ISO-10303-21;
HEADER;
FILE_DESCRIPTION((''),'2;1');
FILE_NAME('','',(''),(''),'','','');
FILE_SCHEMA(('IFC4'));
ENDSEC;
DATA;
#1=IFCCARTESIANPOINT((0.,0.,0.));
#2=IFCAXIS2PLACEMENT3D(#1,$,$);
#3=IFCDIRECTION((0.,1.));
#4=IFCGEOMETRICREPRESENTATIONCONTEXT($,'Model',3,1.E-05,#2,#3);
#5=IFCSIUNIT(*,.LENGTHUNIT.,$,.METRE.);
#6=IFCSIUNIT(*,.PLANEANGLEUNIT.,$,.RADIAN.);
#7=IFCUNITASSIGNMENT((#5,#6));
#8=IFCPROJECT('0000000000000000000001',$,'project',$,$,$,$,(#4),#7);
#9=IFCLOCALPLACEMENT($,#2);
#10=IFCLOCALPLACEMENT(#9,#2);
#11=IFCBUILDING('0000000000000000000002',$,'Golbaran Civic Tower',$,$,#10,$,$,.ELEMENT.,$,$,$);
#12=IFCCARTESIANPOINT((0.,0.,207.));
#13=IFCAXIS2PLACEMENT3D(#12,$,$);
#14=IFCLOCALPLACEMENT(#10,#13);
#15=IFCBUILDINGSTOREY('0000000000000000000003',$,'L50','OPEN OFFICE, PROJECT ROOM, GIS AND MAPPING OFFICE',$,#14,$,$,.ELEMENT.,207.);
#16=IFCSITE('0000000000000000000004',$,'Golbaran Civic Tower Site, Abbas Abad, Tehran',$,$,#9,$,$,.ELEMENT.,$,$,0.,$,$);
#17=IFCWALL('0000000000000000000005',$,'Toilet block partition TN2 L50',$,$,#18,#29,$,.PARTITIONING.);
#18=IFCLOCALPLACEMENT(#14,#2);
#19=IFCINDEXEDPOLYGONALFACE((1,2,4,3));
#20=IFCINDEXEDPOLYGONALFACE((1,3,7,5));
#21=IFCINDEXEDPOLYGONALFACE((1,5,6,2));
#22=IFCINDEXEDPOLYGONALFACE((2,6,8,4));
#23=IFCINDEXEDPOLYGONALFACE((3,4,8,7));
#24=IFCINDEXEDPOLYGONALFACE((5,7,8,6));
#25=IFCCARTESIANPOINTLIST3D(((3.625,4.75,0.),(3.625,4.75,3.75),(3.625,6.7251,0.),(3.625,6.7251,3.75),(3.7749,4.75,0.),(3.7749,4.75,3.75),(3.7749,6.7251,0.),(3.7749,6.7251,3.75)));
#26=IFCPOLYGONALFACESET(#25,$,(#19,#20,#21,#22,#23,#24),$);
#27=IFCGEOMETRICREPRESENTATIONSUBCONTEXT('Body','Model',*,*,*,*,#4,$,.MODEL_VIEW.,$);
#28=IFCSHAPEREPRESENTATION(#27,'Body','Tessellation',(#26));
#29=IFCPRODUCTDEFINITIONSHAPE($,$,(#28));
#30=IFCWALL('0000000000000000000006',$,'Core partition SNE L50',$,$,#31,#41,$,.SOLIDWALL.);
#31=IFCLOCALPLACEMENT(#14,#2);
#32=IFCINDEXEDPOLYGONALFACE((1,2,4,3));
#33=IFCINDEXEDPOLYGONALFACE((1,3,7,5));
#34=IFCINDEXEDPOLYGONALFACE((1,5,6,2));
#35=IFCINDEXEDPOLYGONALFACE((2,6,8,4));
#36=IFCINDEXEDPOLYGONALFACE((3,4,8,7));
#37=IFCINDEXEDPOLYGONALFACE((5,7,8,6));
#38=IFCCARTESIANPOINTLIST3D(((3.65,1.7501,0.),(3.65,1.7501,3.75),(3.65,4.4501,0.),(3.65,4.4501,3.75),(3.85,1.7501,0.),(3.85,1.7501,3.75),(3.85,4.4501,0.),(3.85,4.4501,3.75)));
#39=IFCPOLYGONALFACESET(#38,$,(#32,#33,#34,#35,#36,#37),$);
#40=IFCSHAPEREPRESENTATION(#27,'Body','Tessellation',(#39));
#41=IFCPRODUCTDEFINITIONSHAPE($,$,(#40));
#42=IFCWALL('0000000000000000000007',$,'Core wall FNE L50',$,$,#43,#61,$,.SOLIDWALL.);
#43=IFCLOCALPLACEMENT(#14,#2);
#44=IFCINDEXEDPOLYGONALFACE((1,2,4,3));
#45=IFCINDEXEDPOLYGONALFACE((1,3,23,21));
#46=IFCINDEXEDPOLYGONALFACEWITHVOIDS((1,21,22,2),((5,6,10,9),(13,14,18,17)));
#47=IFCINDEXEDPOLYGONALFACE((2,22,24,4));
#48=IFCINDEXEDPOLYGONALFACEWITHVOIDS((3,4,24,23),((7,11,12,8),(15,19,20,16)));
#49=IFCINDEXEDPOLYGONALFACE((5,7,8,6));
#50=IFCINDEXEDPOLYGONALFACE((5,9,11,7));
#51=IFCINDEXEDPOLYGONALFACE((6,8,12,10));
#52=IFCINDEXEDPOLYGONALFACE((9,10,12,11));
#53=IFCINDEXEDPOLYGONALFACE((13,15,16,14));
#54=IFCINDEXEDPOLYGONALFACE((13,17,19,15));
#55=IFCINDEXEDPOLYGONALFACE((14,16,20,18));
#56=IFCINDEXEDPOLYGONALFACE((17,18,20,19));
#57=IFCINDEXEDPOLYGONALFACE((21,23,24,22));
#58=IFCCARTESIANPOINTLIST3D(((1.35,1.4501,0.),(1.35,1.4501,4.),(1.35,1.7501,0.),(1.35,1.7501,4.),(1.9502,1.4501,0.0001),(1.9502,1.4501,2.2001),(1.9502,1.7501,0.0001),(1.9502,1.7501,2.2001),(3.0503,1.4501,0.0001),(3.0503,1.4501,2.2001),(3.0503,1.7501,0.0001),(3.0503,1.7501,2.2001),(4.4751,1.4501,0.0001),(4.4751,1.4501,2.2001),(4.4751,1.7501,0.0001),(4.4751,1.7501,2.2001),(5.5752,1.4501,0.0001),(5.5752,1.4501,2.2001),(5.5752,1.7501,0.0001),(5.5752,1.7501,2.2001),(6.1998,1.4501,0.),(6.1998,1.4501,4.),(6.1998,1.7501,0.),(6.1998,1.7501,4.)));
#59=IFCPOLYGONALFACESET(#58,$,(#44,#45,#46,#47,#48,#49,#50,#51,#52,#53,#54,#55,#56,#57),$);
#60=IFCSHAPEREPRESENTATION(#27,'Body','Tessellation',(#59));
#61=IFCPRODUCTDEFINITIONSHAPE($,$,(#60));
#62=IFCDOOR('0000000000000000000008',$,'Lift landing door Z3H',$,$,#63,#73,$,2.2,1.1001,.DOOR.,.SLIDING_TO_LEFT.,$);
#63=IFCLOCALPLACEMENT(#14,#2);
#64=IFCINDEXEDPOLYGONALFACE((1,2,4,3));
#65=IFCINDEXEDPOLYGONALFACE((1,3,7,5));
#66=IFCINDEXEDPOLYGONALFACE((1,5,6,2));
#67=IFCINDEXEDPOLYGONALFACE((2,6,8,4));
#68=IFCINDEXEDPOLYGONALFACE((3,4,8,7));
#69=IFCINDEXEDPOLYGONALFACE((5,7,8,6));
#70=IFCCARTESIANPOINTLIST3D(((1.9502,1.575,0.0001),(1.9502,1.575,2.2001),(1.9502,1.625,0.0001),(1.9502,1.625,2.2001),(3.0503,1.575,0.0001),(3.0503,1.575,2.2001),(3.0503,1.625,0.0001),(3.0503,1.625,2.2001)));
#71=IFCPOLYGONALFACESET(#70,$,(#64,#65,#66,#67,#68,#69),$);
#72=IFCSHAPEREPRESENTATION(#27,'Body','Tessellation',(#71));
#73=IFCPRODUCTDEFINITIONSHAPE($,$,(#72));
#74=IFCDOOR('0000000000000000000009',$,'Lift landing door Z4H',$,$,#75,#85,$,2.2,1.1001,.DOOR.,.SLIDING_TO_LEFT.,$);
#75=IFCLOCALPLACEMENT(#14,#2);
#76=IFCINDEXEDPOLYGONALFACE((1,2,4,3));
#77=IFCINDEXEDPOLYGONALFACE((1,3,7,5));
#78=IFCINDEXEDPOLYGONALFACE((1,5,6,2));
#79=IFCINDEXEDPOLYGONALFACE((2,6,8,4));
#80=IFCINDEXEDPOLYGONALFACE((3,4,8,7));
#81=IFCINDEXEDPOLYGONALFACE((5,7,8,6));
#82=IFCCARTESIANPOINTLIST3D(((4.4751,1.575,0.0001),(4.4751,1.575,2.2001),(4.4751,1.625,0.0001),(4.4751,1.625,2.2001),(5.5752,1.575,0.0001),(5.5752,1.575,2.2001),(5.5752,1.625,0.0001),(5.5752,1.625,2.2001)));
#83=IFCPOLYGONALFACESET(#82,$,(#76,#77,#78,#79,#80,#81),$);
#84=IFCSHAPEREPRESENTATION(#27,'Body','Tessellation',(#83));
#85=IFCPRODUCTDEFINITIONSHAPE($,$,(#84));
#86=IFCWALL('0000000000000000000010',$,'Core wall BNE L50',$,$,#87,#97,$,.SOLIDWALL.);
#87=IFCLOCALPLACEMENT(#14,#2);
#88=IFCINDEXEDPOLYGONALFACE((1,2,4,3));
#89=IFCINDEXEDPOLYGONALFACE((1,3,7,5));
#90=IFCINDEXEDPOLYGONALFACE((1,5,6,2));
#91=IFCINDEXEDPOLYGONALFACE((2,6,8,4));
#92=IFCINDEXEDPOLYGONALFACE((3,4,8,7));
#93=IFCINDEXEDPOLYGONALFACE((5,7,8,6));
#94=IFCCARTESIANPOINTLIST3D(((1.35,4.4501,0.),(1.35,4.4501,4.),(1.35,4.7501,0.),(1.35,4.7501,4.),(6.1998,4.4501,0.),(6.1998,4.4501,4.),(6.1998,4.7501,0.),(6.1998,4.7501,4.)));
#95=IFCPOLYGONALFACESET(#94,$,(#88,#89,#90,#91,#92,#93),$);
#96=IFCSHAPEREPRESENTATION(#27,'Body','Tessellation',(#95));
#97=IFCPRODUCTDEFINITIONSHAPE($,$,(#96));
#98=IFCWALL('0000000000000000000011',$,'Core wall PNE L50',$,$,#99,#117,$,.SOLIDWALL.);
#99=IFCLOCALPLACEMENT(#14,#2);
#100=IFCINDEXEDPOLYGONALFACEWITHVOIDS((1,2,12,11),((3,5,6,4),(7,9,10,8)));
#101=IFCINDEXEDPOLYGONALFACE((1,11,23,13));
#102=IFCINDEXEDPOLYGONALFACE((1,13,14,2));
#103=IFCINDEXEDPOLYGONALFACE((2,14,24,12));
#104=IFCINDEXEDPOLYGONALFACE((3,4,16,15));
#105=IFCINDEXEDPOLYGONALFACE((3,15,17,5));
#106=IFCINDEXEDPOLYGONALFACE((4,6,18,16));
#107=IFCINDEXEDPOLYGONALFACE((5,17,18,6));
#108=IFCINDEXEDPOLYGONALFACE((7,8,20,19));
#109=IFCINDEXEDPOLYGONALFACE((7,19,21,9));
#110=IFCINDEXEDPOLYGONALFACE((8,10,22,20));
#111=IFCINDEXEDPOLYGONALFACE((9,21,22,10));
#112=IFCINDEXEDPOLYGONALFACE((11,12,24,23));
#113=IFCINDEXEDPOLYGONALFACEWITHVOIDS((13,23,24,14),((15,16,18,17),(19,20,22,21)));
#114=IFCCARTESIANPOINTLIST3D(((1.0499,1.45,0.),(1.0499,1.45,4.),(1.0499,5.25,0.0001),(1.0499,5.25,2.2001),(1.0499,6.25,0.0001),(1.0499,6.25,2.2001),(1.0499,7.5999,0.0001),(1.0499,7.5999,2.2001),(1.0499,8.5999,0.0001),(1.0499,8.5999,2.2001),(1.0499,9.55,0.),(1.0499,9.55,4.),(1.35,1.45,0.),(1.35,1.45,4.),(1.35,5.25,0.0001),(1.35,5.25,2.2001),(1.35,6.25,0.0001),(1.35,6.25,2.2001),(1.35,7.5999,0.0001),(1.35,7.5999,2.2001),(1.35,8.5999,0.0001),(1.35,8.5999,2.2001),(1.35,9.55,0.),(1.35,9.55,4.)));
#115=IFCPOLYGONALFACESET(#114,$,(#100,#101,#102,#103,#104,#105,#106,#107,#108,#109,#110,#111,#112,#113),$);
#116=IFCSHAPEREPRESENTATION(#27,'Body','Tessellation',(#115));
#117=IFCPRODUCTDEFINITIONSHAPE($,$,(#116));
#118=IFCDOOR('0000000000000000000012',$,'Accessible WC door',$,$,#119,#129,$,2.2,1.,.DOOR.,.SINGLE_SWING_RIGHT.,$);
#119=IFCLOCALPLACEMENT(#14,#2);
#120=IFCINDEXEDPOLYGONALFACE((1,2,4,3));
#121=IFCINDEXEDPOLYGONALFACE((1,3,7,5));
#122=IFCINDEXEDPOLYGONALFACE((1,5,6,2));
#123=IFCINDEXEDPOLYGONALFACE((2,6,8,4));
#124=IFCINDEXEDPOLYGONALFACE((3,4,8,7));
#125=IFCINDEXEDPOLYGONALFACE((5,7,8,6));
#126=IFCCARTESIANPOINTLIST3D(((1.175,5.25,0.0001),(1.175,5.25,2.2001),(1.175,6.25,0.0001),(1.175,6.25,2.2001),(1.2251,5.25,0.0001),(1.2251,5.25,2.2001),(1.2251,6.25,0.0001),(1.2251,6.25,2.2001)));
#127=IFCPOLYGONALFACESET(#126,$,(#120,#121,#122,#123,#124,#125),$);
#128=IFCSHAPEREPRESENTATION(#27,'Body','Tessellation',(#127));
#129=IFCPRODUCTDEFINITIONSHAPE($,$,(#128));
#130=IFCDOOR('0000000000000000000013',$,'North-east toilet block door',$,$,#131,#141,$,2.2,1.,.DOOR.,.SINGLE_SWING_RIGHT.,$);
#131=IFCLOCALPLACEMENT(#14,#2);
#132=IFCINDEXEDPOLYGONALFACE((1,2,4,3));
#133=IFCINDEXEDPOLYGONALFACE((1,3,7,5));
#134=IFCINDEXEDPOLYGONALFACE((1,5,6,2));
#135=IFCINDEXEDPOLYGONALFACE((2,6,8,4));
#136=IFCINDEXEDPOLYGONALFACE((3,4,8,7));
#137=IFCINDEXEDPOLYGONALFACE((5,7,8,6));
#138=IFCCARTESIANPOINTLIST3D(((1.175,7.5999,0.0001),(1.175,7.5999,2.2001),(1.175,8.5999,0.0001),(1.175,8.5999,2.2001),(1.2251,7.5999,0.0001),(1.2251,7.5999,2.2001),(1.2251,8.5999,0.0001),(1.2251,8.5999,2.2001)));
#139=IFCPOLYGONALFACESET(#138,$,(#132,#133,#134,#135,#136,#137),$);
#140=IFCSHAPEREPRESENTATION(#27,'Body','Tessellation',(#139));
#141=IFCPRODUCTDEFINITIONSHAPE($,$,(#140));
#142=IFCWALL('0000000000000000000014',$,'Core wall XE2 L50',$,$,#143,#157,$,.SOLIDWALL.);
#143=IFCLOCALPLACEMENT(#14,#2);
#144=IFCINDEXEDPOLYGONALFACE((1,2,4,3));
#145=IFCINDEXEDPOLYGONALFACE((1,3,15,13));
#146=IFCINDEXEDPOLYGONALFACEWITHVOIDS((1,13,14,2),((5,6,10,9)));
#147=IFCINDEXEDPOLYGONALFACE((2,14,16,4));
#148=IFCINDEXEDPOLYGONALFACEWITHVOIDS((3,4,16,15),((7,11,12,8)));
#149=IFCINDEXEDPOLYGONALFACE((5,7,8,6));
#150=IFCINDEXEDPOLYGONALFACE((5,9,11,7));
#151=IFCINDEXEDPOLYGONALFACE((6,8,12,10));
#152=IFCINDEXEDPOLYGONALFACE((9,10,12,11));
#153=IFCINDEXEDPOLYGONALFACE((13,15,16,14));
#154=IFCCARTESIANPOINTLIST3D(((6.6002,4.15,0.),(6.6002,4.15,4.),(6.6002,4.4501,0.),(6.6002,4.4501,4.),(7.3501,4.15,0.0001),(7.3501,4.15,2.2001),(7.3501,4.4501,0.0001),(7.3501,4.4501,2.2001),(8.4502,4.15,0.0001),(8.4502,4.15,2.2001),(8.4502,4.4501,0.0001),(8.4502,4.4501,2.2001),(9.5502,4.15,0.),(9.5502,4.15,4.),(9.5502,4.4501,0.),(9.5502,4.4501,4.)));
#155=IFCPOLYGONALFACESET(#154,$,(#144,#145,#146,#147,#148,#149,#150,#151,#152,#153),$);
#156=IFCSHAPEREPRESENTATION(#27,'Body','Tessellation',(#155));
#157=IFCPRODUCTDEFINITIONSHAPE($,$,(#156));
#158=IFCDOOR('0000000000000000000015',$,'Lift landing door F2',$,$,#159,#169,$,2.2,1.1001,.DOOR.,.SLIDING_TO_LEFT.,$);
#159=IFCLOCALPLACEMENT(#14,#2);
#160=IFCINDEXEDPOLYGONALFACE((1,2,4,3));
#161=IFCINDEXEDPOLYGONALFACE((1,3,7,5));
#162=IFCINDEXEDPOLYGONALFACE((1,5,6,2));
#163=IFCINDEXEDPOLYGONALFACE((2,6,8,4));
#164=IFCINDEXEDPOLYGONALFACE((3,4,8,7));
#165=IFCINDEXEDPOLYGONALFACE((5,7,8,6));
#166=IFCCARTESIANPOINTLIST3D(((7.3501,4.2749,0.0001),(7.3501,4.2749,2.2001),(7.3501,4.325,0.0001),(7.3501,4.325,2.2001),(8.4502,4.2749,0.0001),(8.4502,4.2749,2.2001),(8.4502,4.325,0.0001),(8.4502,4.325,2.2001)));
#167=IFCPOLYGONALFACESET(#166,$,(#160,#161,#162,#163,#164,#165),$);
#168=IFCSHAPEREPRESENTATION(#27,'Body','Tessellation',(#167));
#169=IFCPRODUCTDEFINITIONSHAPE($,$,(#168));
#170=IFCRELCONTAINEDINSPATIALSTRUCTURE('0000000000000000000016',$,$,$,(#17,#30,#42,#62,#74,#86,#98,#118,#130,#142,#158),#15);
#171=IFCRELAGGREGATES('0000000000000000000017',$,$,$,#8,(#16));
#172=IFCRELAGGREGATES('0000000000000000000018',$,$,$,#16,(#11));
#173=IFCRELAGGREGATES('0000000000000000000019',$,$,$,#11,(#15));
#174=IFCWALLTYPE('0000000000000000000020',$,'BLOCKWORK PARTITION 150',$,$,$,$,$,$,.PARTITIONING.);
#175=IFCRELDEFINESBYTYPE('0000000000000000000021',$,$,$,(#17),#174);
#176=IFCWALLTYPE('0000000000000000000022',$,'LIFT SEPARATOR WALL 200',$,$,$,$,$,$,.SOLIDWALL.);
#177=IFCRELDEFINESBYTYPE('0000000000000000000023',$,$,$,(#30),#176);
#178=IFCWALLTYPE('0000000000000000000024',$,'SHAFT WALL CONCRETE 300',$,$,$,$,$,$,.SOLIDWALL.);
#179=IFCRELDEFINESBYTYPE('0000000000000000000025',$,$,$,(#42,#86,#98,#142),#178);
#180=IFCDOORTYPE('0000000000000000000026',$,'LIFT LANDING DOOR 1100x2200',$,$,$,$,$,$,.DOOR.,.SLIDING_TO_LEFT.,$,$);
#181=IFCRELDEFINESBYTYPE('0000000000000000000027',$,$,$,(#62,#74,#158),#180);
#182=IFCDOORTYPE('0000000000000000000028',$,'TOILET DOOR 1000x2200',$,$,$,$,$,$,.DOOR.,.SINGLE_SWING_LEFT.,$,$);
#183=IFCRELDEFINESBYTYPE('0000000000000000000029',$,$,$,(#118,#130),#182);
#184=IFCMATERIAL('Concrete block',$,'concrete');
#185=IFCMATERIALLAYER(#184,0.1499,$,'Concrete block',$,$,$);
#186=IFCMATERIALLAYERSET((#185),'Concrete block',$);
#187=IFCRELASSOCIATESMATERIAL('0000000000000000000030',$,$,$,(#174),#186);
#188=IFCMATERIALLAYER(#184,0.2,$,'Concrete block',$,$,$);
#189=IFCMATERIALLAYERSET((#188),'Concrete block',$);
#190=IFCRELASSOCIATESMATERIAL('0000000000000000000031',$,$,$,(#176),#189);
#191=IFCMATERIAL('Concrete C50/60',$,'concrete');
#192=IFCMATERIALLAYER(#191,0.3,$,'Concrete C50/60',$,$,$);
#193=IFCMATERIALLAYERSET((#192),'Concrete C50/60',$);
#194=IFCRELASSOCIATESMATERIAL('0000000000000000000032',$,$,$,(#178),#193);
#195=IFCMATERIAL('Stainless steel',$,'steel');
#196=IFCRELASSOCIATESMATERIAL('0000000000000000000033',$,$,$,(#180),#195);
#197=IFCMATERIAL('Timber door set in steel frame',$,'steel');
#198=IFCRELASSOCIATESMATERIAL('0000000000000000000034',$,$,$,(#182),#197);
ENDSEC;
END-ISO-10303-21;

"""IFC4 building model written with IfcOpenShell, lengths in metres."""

from ifc_helpers import new_model, si_unit, direction, frame, frame_2d, origin, place, context, subcontext, project, spatial, rectangle, extrude, material, layer, layer_set, type_object, element, fill, save


model = new_model("IFC4")

# Units and contexts
model_context = context("Model", 3, precision=1e-05, world=origin(), true_north=direction((0.0, 1.0)))
body_context = subcontext(model_context, "Body", "Model", "MODEL_VIEW")
ifc_project = project(units=[si_unit("LENGTHUNIT", "METRE"), si_unit("PLANEANGLEUNIT", "RADIAN")], contexts=[model_context])

# Site, building, storey
site_placement = place(None, origin())
site = spatial("IfcSite", under=ifc_project, at=site_placement, Name="Golbaran Civic Tower Site, Abbas Abad, Tehran", CompositionType="ELEMENT", RefElevation=0.0)
building_placement = place(site_placement, origin())
building = spatial("IfcBuilding", under=site, at=building_placement, Name="Golbaran Civic Tower", CompositionType="ELEMENT")
storey_placement = place(building_placement, frame((0.0, 0.0, 207.0)))
storey = spatial("IfcBuildingStorey", under=building, at=storey_placement, Name="L50", Description="OPEN OFFICE, PROJECT ROOM, GIS AND MAPPING OFFICE", CompositionType="ELEMENT", Elevation=207.0)

# Shared definitions
ifc_material_1 = material(Name="Concrete block", Category="concrete")
ifc_layer_1 = layer(ifc_material_1, 0.1499, Name="Concrete block")
ifc_layer_set_1 = layer_set([ifc_layer_1], Name="Concrete block")
wall_type_1 = type_object("IfcWallType", Name="BLOCKWORK PARTITION 150", PredefinedType="PARTITIONING", material=ifc_layer_set_1)
ifc_material_2 = material(Name="Timber door set in steel frame", Category="steel")

# Walls
wall_1_placement = place(storey_placement, frame((3.7, 4.75, 0.0), z_axis=(0.0, 0.0, 1.0), x_axis=(0.0, 1.0, 0.0)))
element("IfcWall", 1, at=wall_1_placement, inside=storey, type_object=wall_type_1, Name="Toilet block partition TN2 L50", PredefinedType="PARTITIONING", context=body_context, shape_type="SweptSolid", body=[
    extrude(rectangle(XDim=1.9751, YDim=0.1499, at=frame_2d((0.9875, 0.0))), origin(), (0.0, 0.0, 1.0), 3.75),
])
ifc_layer_2 = layer(ifc_material_1, 0.2, Name="Concrete block")
ifc_layer_set_2 = layer_set([ifc_layer_2], Name="Concrete block")
wall_type_2 = type_object("IfcWallType", Name="LIFT SEPARATOR WALL 200", PredefinedType="SOLIDWALL", material=ifc_layer_set_2)
wall_2_placement = place(storey_placement, frame((3.75, 1.75, 0.0), z_axis=(0.0, 0.0, 1.0), x_axis=(0.0, 1.0, 0.0)))
element("IfcWall", 2, at=wall_2_placement, inside=storey, type_object=wall_type_2, Name="Core partition SNE L50", PredefinedType="SOLIDWALL", context=body_context, shape_type="SweptSolid", body=[
    extrude(rectangle(XDim=2.7, YDim=0.2, at=frame_2d((1.3501, 0.0))), origin(), (0.0, 0.0, 1.0), 3.75),
])

# Wall, openings, doors
ifc_material_3 = material(Name="Concrete C50/60", Category="concrete")
ifc_layer_3 = layer(ifc_material_3, 0.3, Name="Concrete C50/60")
ifc_layer_set_3 = layer_set([ifc_layer_3], Name="Concrete C50/60")
wall_type_3 = type_object("IfcWallType", Name="SHAFT WALL CONCRETE 300", PredefinedType="SOLIDWALL", material=ifc_layer_set_3)
wall_3_placement = place(storey_placement, frame((1.3501, 1.6001, 0.0), z_axis=(0.0, 0.0, 1.0), x_axis=(1.0, 0.0, 0.0)))
wall_3 = element("IfcWall", 3, at=wall_3_placement, inside=storey, type_object=wall_type_3, Name="Core wall FNE L50", PredefinedType="SOLIDWALL", context=body_context, shape_type="SweptSolid", body=[
    extrude(rectangle(XDim=4.8499, YDim=0.3, at=frame_2d((2.4248, 0.0))), origin(), (0.0, 0.0, 1.0), 4.0),
])
opening_1_placement = place(wall_3_placement, frame((0.6001, 0.0, 0.0)))
opening_1 = element("IfcOpeningElement", 4, at=opening_1_placement, cuts=wall_3, PredefinedType="OPENING", context=body_context, shape_type="SweptSolid", body=[
    extrude(rectangle(XDim=1.1001, YDim=2.2, at=frame_2d((0.55, 1.1001))), frame((0.0, 0.1599, 0.0), z_axis=(0.0, -1.0, 0.0), x_axis=(1.0, 0.0, 0.0)), (0.0, 0.0, 1.0), 0.3201),
])
opening_2_placement = place(wall_3_placement, frame((3.125, 0.0, 0.0)))
opening_2 = element("IfcOpeningElement", 5, at=opening_2_placement, cuts=wall_3, PredefinedType="OPENING", context=body_context, shape_type="SweptSolid", body=[
    extrude(rectangle(XDim=1.1001, YDim=2.2, at=frame_2d((0.55, 1.1001))), frame((0.0, 0.1599, 0.0), z_axis=(0.0, -1.0, 0.0), x_axis=(1.0, 0.0, 0.0)), (0.0, 0.0, 1.0), 0.3201),
])
ifc_material_4 = material(Name="Stainless steel", Category="steel")
door_type_1 = type_object("IfcDoorType", Name="LIFT LANDING DOOR 1100x2200", OperationType="SLIDING_TO_LEFT", PredefinedType="DOOR", material=ifc_material_4)
door_1_placement = place(opening_1_placement, origin())
door_1 = element("IfcDoor", 6, at=door_1_placement, inside=storey, type_object=door_type_1, Name="Lift landing door Z3H", OperationType="SLIDING_TO_LEFT", OverallHeight=2.2, OverallWidth=1.1001, PredefinedType="DOOR", context=body_context, shape_type="SweptSolid", body=[
    extrude(rectangle(XDim=1.1001, YDim=2.2, at=frame_2d((0.55, 1.1001))), frame((0.0, 0.0249, 0.0), z_axis=(0.0, -1.0, 0.0), x_axis=(1.0, 0.0, 0.0)), (0.0, 0.0, 1.0), 0.05),
])
fill(opening_1, door_1)
door_2_placement = place(opening_2_placement, origin())
door_2 = element("IfcDoor", 7, at=door_2_placement, inside=storey, type_object=door_type_1, Name="Lift landing door Z4H", OperationType="SLIDING_TO_LEFT", OverallHeight=2.2, OverallWidth=1.1001, PredefinedType="DOOR", context=body_context, shape_type="SweptSolid", body=[
    extrude(rectangle(XDim=1.1001, YDim=2.2, at=frame_2d((0.55, 1.1001))), frame((0.0, 0.0249, 0.0), z_axis=(0.0, -1.0, 0.0), x_axis=(1.0, 0.0, 0.0)), (0.0, 0.0, 1.0), 0.05),
])
fill(opening_2, door_2)

# Wall
wall_4_placement = place(storey_placement, frame((1.3501, 4.6001, 0.0), z_axis=(0.0, 0.0, 1.0), x_axis=(1.0, 0.0, 0.0)))
element("IfcWall", 8, at=wall_4_placement, inside=storey, type_object=wall_type_3, Name="Core wall BNE L50", PredefinedType="SOLIDWALL", context=body_context, shape_type="SweptSolid", body=[
    extrude(rectangle(XDim=4.8499, YDim=0.3, at=frame_2d((2.4248, 0.0))), origin(), (0.0, 0.0, 1.0), 4.0),
])

# Wall, openings, doors
wall_5_placement = place(storey_placement, frame((1.2, 1.45, 0.0), z_axis=(0.0, 0.0, 1.0), x_axis=(0.0, 1.0, 0.0)))
wall_5 = element("IfcWall", 9, at=wall_5_placement, inside=storey, type_object=wall_type_3, Name="Core wall PNE L50", PredefinedType="SOLIDWALL", context=body_context, shape_type="SweptSolid", body=[
    extrude(rectangle(XDim=8.1001, YDim=0.3, at=frame_2d((4.05, 0.0))), origin(), (0.0, 0.0, 1.0), 4.0),
])
opening_3_placement = place(wall_5_placement, frame((3.8, 0.0, 0.0)))
opening_3 = element("IfcOpeningElement", 10, at=opening_3_placement, cuts=wall_5, PredefinedType="OPENING", context=body_context, shape_type="SweptSolid", body=[
    extrude(rectangle(XDim=1.0, YDim=2.2, at=frame_2d((0.5, 1.1001))), frame((0.0, 0.1599, 0.0), z_axis=(0.0, -1.0, 0.0), x_axis=(1.0, 0.0, 0.0)), (0.0, 0.0, 1.0), 0.3201),
])
opening_4_placement = place(wall_5_placement, frame((6.1499, 0.0, 0.0)))
opening_4 = element("IfcOpeningElement", 11, at=opening_4_placement, cuts=wall_5, PredefinedType="OPENING", context=body_context, shape_type="SweptSolid", body=[
    extrude(rectangle(XDim=1.0, YDim=2.2, at=frame_2d((0.5, 1.1001))), frame((0.0, 0.1599, 0.0), z_axis=(0.0, -1.0, 0.0), x_axis=(1.0, 0.0, 0.0)), (0.0, 0.0, 1.0), 0.3201),
])
door_type_2 = type_object("IfcDoorType", Name="TOILET DOOR 1000x2200", OperationType="SINGLE_SWING_LEFT", PredefinedType="DOOR", material=ifc_material_2)
door_3_placement = place(opening_3_placement, origin())
door_3 = element("IfcDoor", 12, at=door_3_placement, inside=storey, type_object=door_type_2, Name="Accessible WC door", OperationType="SINGLE_SWING_RIGHT", OverallHeight=2.2, OverallWidth=1.0, PredefinedType="DOOR", context=body_context, shape_type="SweptSolid", body=[
    extrude(rectangle(XDim=1.0, YDim=2.2, at=frame_2d((0.5, 1.1001))), frame((0.0, 0.0249, 0.0), z_axis=(0.0, -1.0, 0.0), x_axis=(1.0, 0.0, 0.0)), (0.0, 0.0, 1.0), 0.05),
])
fill(opening_3, door_3)
door_4_placement = place(opening_4_placement, origin())
door_4 = element("IfcDoor", 13, at=door_4_placement, inside=storey, type_object=door_type_2, Name="North-east toilet block door", OperationType="SINGLE_SWING_RIGHT", OverallHeight=2.2, OverallWidth=1.0, PredefinedType="DOOR", context=body_context, shape_type="SweptSolid", body=[
    extrude(rectangle(XDim=1.0, YDim=2.2, at=frame_2d((0.5, 1.1001))), frame((0.0, 0.0249, 0.0), z_axis=(0.0, -1.0, 0.0), x_axis=(1.0, 0.0, 0.0)), (0.0, 0.0, 1.0), 0.05),
])
fill(opening_4, door_4)

# Wall, opening, door
wall_6_placement = place(storey_placement, frame((6.6001, 4.3, 0.0), z_axis=(0.0, 0.0, 1.0), x_axis=(1.0, 0.0, 0.0)))
wall_6 = element("IfcWall", 14, at=wall_6_placement, inside=storey, type_object=wall_type_3, Name="Core wall XE2 L50", PredefinedType="SOLIDWALL", context=body_context, shape_type="SweptSolid", body=[
    extrude(rectangle(XDim=2.95, YDim=0.3, at=frame_2d((1.4751, 0.0))), origin(), (0.0, 0.0, 1.0), 4.0),
])
opening_5_placement = place(wall_6_placement, frame((0.75, 0.0, 0.0)))
opening_5 = element("IfcOpeningElement", 15, at=opening_5_placement, cuts=wall_6, PredefinedType="OPENING", context=body_context, shape_type="SweptSolid", body=[
    extrude(rectangle(XDim=1.1001, YDim=2.2, at=frame_2d((0.55, 1.1001))), frame((0.0, 0.1599, 0.0), z_axis=(0.0, -1.0, 0.0), x_axis=(1.0, 0.0, 0.0)), (0.0, 0.0, 1.0), 0.3201),
])
door_5_placement = place(opening_5_placement, origin())
door_5 = element("IfcDoor", 16, at=door_5_placement, inside=storey, type_object=door_type_1, Name="Lift landing door F2", OperationType="SLIDING_TO_LEFT", OverallHeight=2.2, OverallWidth=1.1001, PredefinedType="DOOR", context=body_context, shape_type="SweptSolid", body=[
    extrude(rectangle(XDim=1.1001, YDim=2.2, at=frame_2d((0.55, 1.1001))), frame((0.0, 0.0249, 0.0), z_axis=(0.0, -1.0, 0.0), x_axis=(1.0, 0.0, 0.0)), (0.0, 0.0, 1.0), 0.05),
])
fill(opening_5, door_5)

save(model, "model.ifc")
